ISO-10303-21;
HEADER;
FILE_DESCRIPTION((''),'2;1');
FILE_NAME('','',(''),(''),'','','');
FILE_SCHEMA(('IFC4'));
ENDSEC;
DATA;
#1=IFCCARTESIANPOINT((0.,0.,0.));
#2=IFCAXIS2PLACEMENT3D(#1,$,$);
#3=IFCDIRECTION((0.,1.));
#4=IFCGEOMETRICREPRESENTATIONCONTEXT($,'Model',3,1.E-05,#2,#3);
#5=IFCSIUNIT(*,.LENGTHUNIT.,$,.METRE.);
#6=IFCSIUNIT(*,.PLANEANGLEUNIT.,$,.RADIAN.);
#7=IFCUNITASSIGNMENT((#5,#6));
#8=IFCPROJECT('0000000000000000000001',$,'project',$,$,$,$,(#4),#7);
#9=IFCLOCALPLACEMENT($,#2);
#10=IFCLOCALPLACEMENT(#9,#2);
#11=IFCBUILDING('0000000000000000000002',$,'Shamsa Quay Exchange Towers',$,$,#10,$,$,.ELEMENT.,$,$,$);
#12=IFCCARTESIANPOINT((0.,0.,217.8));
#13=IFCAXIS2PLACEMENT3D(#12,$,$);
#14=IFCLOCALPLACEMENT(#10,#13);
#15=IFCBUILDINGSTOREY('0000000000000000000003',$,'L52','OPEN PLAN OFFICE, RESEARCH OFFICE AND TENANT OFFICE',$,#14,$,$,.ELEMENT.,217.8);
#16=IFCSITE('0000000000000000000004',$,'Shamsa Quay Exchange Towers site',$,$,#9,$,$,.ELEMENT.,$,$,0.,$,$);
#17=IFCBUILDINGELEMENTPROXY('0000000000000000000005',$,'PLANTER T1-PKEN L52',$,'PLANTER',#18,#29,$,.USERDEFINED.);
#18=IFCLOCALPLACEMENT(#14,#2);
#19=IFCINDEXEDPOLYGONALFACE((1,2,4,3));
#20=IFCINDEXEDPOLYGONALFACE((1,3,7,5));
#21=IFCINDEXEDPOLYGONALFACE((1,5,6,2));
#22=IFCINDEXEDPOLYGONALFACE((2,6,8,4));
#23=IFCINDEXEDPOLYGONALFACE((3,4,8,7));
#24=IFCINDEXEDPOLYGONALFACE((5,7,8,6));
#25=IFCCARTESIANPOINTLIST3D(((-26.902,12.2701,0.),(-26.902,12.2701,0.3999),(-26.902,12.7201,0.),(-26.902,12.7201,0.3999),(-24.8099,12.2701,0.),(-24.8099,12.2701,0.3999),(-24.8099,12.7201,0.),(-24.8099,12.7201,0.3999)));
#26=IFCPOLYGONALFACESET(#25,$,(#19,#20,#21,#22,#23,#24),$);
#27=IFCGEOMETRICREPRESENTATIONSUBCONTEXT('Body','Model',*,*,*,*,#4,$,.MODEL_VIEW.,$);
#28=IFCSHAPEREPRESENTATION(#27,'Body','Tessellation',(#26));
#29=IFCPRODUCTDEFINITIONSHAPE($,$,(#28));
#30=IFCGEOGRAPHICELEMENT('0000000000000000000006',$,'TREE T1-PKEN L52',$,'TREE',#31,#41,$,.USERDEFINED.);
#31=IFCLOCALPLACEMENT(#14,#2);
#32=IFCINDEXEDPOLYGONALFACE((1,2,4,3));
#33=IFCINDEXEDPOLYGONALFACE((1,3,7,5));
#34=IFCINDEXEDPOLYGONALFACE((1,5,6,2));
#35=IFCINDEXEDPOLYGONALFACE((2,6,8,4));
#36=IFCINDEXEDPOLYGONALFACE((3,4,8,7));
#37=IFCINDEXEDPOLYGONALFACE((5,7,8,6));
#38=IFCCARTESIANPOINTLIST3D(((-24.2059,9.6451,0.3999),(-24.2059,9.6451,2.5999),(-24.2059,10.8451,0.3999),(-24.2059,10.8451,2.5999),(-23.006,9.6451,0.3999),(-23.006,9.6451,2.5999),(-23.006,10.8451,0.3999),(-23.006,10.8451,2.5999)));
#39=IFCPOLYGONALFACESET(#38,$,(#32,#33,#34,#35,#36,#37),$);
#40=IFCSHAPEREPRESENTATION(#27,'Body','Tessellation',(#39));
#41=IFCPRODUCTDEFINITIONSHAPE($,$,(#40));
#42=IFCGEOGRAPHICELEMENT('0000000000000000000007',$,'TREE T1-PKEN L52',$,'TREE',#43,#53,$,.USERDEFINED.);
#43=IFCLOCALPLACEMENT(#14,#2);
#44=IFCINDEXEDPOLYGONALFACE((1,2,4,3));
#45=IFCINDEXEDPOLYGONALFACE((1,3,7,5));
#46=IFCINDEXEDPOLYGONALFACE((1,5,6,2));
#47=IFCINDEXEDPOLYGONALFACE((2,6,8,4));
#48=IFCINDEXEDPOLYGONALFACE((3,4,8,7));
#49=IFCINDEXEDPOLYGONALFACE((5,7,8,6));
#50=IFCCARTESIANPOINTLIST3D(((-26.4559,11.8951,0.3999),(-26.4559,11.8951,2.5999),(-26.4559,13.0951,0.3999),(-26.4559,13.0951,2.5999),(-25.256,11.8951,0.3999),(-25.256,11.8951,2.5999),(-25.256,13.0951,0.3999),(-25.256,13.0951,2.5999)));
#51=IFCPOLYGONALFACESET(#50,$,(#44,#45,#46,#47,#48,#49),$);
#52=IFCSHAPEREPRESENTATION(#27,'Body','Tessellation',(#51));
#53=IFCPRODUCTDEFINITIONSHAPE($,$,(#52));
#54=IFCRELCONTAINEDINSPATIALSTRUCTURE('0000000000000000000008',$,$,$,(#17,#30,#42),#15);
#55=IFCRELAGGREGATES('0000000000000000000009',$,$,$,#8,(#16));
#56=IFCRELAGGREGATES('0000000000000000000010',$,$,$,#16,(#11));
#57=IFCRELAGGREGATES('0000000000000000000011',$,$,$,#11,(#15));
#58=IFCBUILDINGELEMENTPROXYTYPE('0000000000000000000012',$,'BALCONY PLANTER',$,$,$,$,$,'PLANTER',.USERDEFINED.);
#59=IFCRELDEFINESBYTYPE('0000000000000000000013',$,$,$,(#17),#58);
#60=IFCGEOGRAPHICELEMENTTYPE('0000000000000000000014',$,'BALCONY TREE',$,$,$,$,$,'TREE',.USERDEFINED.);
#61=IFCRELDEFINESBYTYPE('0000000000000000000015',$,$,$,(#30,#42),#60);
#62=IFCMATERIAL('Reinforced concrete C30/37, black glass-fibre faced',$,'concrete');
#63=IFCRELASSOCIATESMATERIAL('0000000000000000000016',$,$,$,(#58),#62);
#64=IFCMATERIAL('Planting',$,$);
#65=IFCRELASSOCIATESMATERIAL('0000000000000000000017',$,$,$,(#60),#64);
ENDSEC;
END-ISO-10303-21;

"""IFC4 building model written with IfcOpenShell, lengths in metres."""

from ifc_helpers import new_model, si_unit, direction, frame, origin, origin_2d, place, context, subcontext, project, spatial, rectangle, extrude, material, type_object, element, save


model = new_model("IFC4")

# Units and contexts
model_context = context("Model", 3, precision=1e-05, world=origin(), true_north=direction((0.0, 1.0)))
body_context = subcontext(model_context, "Body", "Model", "MODEL_VIEW")
ifc_project = project(units=[si_unit("LENGTHUNIT", "METRE"), si_unit("PLANEANGLEUNIT", "RADIAN")], contexts=[model_context])

# Site, building, storey
site_placement = place(None, origin())
site = spatial("IfcSite", under=ifc_project, at=site_placement, Name="Shamsa Quay Exchange Towers site", CompositionType="ELEMENT", RefElevation=0.0)
building_placement = place(site_placement, origin())
building = spatial("IfcBuilding", under=site, at=building_placement, Name="Shamsa Quay Exchange Towers", CompositionType="ELEMENT")
storey_placement = place(building_placement, frame((0.0, 0.0, 217.8)))
storey = spatial("IfcBuildingStorey", under=building, at=storey_placement, Name="L52", Description="OPEN PLAN OFFICE, RESEARCH OFFICE AND TENANT OFFICE", CompositionType="ELEMENT", Elevation=217.8)

# Building element proxy
ifc_material_1 = material(Name="Reinforced concrete C30/37, black glass-fibre faced", Category="concrete")
building_element_proxy_type = type_object("IfcBuildingElementProxyType", Name="BALCONY PLANTER", ElementType="PLANTER", PredefinedType="USERDEFINED", material=ifc_material_1)
for number, where, z_axis, x_axis, name in (
    (1, (-25.856, 12.4951, 0.0), (0.0, 0.0, 1.0), (-1.0, 0.0, 0.0), "PLANTER T1-PKEN L52"),
):
    element("IfcBuildingElementProxy", number, at=place(storey_placement, frame(where, z_axis=z_axis, x_axis=x_axis)), inside=storey, type_object=building_element_proxy_type, Name=name, ObjectType="PLANTER", PredefinedType="USERDEFINED", context=body_context, shape_type="SweptSolid", body=[
        extrude(rectangle(XDim=2.092, YDim=0.45, at=origin_2d()), origin(), (0.0, 0.0, 1.0), 0.3999),
    ])

# Geographic elements
ifc_material_2 = material(Name="Planting")
geographic_element_type = type_object("IfcGeographicElementType", Name="BALCONY TREE", ElementType="TREE", PredefinedType="USERDEFINED", material=ifc_material_2)
for number, where, z_axis, x_axis, name in (
    (2, (-23.606, 10.2451, 0.3999), (0.0, 0.0, 1.0), (-1.0, 0.0, 0.0), "TREE T1-PKEN L52"),
    (3, (-25.856, 12.4951, 0.3999), (0.0, 0.0, 1.0), (-1.0, 0.0, 0.0), "TREE T1-PKEN L52"),
):
    element("IfcGeographicElement", number, at=place(storey_placement, frame(where, z_axis=z_axis, x_axis=x_axis)), inside=storey, type_object=geographic_element_type, Name=name, ObjectType="TREE", PredefinedType="USERDEFINED", context=body_context, shape_type="SweptSolid", body=[
        extrude(rectangle(XDim=1.2, YDim=1.2, at=origin_2d()), origin(), (0.0, 0.0, 1.0), 2.2),
    ])

save(model, "model.ifc")
